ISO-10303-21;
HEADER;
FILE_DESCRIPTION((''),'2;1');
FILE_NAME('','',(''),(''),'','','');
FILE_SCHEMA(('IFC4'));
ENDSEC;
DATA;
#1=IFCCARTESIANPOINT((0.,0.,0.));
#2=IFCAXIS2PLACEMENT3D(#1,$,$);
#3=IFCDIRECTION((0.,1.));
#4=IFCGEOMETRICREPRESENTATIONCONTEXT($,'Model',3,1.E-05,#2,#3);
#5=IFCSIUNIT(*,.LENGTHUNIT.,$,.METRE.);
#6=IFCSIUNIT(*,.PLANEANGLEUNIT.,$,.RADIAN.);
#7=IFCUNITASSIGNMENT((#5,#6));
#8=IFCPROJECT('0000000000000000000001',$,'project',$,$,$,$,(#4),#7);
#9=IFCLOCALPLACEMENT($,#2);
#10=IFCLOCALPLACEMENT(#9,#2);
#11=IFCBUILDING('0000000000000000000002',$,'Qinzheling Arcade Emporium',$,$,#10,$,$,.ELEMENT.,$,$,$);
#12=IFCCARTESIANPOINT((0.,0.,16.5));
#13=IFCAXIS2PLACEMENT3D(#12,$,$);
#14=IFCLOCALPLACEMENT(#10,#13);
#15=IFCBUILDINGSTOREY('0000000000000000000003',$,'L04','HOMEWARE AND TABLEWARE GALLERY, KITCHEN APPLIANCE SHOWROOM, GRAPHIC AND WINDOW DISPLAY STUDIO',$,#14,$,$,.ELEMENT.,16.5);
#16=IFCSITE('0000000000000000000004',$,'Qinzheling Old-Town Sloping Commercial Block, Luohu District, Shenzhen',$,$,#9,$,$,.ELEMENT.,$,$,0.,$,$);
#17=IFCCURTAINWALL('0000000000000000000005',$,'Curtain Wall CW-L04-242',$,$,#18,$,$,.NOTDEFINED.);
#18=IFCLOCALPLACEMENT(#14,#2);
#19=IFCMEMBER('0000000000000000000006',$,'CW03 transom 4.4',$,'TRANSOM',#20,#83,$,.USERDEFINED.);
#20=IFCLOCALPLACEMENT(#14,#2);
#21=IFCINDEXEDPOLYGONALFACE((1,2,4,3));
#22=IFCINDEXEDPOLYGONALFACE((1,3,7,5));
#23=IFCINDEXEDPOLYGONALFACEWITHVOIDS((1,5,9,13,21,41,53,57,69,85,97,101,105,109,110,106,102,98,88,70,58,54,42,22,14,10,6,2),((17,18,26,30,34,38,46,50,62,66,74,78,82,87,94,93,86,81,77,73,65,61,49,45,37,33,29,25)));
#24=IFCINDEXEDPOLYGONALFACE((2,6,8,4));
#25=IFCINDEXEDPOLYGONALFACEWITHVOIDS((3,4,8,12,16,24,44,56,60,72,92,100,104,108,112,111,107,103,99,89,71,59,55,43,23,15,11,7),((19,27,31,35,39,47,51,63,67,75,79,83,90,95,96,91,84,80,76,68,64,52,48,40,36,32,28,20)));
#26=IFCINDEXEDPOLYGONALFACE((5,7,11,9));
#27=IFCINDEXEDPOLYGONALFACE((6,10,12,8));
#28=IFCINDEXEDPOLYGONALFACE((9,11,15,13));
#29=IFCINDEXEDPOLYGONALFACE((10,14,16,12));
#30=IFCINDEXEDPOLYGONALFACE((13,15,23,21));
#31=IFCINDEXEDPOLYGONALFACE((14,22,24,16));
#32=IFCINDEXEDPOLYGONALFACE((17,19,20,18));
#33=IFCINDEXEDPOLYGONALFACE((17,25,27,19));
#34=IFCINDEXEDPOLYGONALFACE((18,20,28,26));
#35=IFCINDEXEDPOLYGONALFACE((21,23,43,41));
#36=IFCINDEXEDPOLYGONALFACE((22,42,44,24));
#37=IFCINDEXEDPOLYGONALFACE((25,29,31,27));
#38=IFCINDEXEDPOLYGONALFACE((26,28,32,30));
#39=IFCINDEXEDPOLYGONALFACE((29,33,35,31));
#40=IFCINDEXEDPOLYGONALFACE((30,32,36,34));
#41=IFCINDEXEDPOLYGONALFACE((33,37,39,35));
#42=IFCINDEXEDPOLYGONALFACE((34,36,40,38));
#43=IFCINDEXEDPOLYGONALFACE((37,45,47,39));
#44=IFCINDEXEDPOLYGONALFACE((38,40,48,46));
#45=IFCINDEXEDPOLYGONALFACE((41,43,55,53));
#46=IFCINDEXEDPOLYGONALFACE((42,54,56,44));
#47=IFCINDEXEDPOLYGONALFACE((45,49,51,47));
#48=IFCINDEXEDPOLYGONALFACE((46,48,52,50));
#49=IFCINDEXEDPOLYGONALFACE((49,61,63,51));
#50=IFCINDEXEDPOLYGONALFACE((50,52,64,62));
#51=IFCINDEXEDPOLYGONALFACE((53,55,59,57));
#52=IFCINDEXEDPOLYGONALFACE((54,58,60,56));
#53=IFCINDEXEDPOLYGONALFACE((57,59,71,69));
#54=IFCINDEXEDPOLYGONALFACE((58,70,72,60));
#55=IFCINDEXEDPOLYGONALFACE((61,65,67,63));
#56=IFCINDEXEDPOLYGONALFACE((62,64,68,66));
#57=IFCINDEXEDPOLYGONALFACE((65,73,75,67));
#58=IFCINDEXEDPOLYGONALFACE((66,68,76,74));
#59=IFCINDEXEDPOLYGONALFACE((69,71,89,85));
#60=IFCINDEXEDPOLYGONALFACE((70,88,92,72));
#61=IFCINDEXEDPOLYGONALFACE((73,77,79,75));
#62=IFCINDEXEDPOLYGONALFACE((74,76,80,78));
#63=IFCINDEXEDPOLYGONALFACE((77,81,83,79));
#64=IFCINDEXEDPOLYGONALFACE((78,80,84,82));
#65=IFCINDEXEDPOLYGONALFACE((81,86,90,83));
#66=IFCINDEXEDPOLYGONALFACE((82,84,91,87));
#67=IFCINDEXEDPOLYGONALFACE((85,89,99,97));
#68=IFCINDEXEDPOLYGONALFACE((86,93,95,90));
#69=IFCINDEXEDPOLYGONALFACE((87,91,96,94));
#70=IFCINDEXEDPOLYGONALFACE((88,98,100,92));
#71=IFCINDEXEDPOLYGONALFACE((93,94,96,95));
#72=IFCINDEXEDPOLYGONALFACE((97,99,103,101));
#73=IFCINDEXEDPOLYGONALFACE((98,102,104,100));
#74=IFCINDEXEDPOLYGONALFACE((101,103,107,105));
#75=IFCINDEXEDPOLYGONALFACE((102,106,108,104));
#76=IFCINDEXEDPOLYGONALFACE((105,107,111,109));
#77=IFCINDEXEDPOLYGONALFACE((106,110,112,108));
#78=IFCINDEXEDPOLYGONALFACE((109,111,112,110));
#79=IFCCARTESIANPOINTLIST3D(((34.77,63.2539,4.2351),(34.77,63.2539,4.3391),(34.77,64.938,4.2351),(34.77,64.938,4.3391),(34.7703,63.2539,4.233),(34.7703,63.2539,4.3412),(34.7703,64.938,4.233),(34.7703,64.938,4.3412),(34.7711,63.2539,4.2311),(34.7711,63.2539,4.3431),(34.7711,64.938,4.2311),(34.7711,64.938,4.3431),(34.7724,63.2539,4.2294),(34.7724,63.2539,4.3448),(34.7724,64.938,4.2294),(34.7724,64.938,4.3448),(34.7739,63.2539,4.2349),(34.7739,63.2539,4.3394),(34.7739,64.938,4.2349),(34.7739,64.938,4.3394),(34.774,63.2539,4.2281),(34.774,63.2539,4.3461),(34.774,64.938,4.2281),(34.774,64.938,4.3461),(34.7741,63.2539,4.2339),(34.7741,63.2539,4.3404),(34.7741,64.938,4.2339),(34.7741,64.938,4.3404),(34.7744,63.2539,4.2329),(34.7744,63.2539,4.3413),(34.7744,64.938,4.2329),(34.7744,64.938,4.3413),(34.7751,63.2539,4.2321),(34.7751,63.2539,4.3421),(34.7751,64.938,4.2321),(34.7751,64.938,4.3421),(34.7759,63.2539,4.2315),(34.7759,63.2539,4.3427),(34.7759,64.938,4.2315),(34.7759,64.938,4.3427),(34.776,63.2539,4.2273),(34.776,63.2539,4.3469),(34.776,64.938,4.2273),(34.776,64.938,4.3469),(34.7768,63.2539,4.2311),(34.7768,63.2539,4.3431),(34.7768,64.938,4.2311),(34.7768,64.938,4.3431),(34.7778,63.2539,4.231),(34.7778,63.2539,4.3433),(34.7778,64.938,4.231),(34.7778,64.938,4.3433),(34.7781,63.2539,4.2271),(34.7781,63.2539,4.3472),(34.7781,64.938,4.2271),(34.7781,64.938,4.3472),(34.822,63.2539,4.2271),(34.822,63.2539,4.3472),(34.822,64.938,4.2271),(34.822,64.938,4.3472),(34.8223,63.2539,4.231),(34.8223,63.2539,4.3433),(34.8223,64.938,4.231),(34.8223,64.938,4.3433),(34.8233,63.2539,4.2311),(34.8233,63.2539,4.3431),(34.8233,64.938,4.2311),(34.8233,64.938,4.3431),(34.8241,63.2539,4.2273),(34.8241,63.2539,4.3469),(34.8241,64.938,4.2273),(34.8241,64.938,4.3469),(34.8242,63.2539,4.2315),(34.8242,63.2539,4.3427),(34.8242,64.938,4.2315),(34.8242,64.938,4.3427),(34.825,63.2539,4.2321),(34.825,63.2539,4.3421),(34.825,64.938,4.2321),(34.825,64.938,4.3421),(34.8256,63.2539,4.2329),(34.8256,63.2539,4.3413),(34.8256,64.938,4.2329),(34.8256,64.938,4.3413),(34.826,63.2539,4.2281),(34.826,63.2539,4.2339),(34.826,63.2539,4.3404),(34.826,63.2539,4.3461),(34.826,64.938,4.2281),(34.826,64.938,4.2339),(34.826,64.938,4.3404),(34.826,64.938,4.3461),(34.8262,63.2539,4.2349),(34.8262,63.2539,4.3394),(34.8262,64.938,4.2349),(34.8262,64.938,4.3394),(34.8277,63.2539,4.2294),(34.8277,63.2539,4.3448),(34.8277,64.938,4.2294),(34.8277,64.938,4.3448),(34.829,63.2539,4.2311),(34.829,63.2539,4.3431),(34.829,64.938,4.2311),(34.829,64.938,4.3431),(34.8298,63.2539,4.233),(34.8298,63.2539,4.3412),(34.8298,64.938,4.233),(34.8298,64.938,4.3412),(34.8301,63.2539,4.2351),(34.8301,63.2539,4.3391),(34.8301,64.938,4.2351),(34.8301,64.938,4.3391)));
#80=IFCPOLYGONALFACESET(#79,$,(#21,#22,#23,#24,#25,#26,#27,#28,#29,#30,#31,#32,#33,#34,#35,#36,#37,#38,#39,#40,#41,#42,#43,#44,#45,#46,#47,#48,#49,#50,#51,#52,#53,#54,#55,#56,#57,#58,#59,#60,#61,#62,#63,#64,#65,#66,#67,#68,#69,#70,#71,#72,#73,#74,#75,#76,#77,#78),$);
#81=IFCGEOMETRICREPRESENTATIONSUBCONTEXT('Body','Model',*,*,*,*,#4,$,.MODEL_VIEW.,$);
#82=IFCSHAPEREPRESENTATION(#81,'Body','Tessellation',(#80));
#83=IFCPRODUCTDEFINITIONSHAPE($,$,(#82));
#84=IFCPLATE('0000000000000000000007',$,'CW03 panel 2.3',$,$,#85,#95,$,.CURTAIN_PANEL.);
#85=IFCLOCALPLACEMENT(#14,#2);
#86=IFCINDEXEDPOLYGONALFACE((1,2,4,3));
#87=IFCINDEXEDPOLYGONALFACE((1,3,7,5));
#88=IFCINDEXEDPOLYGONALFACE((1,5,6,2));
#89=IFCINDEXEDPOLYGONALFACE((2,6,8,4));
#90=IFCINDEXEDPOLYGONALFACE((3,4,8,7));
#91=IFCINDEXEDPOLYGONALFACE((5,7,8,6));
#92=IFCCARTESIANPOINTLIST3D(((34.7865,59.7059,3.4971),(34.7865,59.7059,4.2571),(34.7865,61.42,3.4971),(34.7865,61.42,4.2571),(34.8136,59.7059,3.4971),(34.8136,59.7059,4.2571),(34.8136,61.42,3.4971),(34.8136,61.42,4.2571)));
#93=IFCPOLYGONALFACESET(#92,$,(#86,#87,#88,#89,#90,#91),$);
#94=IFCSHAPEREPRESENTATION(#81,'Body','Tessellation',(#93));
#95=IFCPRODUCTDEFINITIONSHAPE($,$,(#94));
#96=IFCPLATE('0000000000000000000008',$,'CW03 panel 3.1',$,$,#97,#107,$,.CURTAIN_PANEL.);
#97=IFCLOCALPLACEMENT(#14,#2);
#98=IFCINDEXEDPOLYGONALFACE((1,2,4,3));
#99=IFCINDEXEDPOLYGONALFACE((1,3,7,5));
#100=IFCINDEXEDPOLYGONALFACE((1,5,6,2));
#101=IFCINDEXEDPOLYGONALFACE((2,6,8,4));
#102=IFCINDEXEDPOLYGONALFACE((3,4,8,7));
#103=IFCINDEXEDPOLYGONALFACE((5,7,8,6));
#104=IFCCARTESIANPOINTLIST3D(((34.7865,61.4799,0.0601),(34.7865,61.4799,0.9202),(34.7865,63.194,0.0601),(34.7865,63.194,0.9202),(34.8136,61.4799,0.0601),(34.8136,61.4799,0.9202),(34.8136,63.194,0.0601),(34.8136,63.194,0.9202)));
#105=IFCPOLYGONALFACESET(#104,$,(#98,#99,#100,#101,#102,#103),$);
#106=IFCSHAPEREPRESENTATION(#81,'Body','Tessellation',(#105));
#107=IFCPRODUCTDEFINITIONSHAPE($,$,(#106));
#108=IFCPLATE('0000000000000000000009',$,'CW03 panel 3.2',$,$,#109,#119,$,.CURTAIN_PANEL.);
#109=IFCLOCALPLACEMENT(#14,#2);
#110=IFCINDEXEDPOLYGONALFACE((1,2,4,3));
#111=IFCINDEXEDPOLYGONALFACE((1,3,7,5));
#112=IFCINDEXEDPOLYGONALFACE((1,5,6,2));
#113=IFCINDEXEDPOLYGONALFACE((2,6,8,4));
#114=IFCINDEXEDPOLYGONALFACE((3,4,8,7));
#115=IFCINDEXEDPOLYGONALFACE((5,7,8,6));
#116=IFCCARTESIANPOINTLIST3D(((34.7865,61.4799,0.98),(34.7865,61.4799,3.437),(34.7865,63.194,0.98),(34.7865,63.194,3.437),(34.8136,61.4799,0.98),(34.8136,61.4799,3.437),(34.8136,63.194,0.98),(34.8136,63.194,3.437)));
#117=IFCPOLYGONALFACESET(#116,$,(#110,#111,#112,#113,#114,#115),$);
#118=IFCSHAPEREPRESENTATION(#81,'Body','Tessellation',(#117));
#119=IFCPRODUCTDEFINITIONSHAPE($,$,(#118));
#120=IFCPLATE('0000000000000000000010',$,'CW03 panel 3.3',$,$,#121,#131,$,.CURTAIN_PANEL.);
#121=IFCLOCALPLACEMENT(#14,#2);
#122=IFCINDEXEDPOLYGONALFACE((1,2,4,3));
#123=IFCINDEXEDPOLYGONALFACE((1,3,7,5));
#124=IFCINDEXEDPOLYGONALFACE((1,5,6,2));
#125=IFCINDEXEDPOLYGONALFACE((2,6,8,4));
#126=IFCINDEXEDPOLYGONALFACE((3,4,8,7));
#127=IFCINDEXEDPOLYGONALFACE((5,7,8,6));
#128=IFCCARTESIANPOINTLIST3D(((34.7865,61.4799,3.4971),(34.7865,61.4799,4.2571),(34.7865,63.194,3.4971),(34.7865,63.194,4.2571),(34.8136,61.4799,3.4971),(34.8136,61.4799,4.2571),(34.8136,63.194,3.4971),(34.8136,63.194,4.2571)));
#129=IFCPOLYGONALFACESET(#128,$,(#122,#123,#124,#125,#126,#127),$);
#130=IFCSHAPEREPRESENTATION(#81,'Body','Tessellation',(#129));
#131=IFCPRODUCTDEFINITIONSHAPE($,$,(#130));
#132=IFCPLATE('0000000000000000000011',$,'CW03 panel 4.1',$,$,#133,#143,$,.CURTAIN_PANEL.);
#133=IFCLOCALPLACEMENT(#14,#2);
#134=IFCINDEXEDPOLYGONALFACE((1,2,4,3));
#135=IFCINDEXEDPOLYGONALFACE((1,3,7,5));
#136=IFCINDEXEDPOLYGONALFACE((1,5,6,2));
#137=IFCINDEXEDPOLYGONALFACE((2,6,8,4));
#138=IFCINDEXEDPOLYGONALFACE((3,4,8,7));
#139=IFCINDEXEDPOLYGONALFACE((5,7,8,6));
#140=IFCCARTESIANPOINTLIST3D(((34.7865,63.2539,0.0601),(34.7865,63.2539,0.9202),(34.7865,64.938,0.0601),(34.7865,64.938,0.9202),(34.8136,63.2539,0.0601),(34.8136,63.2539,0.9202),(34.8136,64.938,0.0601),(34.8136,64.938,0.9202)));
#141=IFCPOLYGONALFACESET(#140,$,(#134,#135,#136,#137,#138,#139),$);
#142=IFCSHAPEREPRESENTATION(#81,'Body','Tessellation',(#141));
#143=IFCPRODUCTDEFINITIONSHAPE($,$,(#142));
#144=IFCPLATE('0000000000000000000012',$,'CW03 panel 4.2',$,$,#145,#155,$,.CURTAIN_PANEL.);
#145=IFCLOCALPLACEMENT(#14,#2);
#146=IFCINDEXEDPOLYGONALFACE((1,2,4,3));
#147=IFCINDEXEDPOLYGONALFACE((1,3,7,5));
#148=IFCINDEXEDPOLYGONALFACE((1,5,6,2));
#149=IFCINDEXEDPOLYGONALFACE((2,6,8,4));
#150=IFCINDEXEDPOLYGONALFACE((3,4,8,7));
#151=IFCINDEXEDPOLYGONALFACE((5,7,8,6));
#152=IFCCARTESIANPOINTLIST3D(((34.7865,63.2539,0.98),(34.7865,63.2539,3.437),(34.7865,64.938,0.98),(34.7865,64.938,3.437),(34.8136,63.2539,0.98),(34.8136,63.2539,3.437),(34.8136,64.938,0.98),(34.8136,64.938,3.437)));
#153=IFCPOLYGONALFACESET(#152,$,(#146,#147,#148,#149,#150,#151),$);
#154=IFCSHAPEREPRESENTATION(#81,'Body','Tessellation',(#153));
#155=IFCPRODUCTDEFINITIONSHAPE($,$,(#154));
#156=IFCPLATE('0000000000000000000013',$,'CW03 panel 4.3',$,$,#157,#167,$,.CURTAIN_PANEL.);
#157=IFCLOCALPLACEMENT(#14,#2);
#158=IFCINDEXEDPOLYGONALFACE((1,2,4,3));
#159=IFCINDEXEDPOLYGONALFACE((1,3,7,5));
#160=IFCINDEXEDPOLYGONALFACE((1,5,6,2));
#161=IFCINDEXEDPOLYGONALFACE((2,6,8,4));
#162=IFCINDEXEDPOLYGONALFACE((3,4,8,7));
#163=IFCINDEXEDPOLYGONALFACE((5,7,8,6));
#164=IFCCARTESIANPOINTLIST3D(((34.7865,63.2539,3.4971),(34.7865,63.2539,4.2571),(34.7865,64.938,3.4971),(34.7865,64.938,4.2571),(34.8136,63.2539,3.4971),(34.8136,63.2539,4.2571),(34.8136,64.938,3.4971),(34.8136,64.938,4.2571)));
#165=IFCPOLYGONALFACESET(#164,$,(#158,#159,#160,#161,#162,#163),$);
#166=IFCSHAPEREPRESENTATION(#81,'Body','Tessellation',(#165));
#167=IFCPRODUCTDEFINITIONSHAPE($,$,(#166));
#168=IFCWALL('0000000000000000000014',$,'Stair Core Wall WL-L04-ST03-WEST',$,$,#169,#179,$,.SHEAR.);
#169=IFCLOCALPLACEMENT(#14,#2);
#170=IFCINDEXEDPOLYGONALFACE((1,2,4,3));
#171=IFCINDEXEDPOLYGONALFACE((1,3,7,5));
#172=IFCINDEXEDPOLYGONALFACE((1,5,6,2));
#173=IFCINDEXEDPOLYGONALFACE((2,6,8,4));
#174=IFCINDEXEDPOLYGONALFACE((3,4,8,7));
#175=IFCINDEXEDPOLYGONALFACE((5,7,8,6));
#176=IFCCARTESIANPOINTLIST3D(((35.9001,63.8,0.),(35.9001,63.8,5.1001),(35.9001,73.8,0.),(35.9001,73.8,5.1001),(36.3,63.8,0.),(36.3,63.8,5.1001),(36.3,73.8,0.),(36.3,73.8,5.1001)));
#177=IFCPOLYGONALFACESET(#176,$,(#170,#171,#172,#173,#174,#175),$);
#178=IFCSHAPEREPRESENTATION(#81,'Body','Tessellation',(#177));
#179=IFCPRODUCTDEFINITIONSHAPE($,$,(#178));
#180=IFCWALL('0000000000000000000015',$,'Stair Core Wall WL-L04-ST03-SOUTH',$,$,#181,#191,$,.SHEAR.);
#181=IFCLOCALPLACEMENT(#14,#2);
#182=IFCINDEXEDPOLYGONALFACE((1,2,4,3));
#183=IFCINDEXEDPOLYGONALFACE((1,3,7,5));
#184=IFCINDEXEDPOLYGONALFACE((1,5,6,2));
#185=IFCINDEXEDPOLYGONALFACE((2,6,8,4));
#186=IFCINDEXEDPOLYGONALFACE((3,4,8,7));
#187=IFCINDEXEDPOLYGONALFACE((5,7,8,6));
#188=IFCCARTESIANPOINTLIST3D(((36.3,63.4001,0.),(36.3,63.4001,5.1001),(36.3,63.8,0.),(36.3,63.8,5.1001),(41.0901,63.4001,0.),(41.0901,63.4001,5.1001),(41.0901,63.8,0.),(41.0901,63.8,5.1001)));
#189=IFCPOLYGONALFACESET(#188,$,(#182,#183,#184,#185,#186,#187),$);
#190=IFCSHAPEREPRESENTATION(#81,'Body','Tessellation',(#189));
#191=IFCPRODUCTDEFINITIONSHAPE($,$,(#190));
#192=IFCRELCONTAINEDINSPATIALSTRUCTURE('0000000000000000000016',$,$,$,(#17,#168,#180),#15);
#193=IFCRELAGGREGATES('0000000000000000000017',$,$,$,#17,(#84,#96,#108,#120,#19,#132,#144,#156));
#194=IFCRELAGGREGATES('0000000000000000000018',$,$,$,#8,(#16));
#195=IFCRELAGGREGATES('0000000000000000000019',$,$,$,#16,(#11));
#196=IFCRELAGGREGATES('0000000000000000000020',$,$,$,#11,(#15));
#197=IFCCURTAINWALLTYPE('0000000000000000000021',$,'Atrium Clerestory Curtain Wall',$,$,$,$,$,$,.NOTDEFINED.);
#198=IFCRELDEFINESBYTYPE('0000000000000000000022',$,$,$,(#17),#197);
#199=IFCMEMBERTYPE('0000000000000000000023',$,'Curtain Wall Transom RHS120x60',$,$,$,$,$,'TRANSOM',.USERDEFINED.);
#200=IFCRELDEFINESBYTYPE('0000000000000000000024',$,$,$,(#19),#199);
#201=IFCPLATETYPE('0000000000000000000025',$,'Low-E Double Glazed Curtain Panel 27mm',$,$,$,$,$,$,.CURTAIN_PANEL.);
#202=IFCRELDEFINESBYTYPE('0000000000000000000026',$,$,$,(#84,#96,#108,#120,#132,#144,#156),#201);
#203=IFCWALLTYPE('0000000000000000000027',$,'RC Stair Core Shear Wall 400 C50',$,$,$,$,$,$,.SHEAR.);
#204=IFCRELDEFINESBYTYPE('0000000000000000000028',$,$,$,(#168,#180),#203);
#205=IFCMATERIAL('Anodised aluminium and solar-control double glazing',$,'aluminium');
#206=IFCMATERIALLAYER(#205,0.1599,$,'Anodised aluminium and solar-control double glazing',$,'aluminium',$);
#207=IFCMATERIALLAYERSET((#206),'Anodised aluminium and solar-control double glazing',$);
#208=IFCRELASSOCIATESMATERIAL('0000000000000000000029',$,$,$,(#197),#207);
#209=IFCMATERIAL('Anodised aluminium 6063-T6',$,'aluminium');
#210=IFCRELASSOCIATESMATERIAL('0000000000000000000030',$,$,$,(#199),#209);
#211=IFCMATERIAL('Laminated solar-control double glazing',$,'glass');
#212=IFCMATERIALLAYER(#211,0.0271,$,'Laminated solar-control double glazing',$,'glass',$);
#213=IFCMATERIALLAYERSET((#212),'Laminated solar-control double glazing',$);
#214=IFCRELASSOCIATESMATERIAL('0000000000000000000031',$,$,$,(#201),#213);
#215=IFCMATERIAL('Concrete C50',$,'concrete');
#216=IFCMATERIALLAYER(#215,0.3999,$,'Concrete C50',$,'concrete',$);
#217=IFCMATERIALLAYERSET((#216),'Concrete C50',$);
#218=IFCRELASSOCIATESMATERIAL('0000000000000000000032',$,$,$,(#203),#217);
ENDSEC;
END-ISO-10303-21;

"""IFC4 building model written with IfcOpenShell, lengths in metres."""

from ifc_helpers import new_model, si_unit, direction, frame, frame_2d, origin, origin_2d, place, context, subcontext, project, spatial, rectangle, hollow_rectangle, extrude, material, layer, layer_set, material_profile, profile_set, type_object, element, aggregate, save


model = new_model("IFC4")

# Units and contexts
model_context = context("Model", 3, precision=1e-05, world=origin(), true_north=direction((0.0, 1.0)))
body_context = subcontext(model_context, "Body", "Model", "MODEL_VIEW")
ifc_project = project(units=[si_unit("LENGTHUNIT", "METRE"), si_unit("PLANEANGLEUNIT", "RADIAN")], contexts=[model_context])

# Site, building, storey
site_placement = place(None, origin())
site = spatial("IfcSite", under=ifc_project, at=site_placement, Name="Qinzheling Old-Town Sloping Commercial Block, Luohu District, Shenzhen", CompositionType="ELEMENT", RefElevation=0.0)
building_placement = place(site_placement, origin())
building = spatial("IfcBuilding", under=site, at=building_placement, Name="Qinzheling Arcade Emporium", CompositionType="ELEMENT")
storey_placement = place(building_placement, frame((0.0, 0.0, 16.5)))
storey = spatial("IfcBuildingStorey", under=building, at=storey_placement, Name="L04", Description="HOMEWARE AND TABLEWARE GALLERY, KITCHEN APPLIANCE SHOWROOM, GRAPHIC AND WINDOW DISPLAY STUDIO", CompositionType="ELEMENT", Elevation=16.5)

# Curtain wall, member, plates
ifc_material_1 = material(Name="Anodised aluminium and solar-control double glazing", Category="aluminium")
ifc_layer_1 = layer(ifc_material_1, 0.1599, Name="Anodised aluminium and solar-control double glazing", Category="aluminium")
ifc_layer_set_1 = layer_set([ifc_layer_1], Name="Anodised aluminium and solar-control double glazing")
curtain_wall_type = type_object("IfcCurtainWallType", Name="Atrium Clerestory Curtain Wall", PredefinedType="NOTDEFINED", material=ifc_layer_set_1)
curtain_wall_placement = place(storey_placement, origin())
curtain_wall = element("IfcCurtainWall", 1, at=curtain_wall_placement, inside=storey, type_object=curtain_wall_type, Name="Curtain Wall CW-L04-242", PredefinedType="NOTDEFINED")
ifc_material_2 = material(Name="Anodised aluminium 6063-T6", Category="aluminium")
ifc_material_profile_1 = material_profile(ifc_material_2, hollow_rectangle(XDim=0.0601, YDim=0.1201, WallThickness=0.0039, InnerFilletRadius=0.0039, OuterFilletRadius=0.0081, at=origin_2d()), Name="RHS 120x60x4", Category="aluminium")
ifc_profile_set_1 = profile_set([ifc_material_profile_1], Name="Anodised aluminium 6063-T6")
member_type_1 = type_object("IfcMemberType", Name="Curtain Wall Transom RHS120x60", ElementType="TRANSOM", PredefinedType="USERDEFINED", material=ifc_profile_set_1)
member_1_placement = place(storey_placement, frame((34.8, 63.2539, 4.2871), z_axis=(0.0, 1.0, 0.0), x_axis=(-1.0, 0.0, 0.0)))
member_1 = element("IfcMember", 2, at=member_1_placement, type_object=member_type_1, Name="CW03 transom 4.4", ObjectType="TRANSOM", PredefinedType="USERDEFINED", context=body_context, shape_type="SweptSolid", body=[
    extrude(hollow_rectangle(XDim=0.0601, YDim=0.1201, WallThickness=0.0039, InnerFilletRadius=0.0039, OuterFilletRadius=0.0081, at=origin_2d()), origin(), (0.0, 0.0, 1.0), 1.6841),
])
ifc_material_3 = material(Name="Laminated solar-control double glazing", Category="glass")
ifc_layer_2 = layer(ifc_material_3, 0.0271, Name="Laminated solar-control double glazing", Category="glass")
ifc_layer_set_2 = layer_set([ifc_layer_2], Name="Laminated solar-control double glazing")
plate_type = type_object("IfcPlateType", Name="Low-E Double Glazed Curtain Panel 27mm", PredefinedType="CURTAIN_PANEL", material=ifc_layer_set_2)
plate_1_placement = place(storey_placement, frame((34.8, 60.563, 3.4971), z_axis=(0.0, 0.0, 1.0), x_axis=(0.0, 1.0, 0.0)))
plate_1 = element("IfcPlate", 3, at=plate_1_placement, type_object=plate_type, Name="CW03 panel 2.3", PredefinedType="CURTAIN_PANEL", context=body_context, shape_type="SweptSolid", body=[
    extrude(rectangle(XDim=1.7141, YDim=0.0271, at=origin_2d()), origin(), (0.0, 0.0, 1.0), 0.76),
])
plate_2_placement = place(storey_placement, frame((34.8, 62.3369, 0.0601), z_axis=(0.0, 0.0, 1.0), x_axis=(0.0, 1.0, 0.0)))
plate_2 = element("IfcPlate", 4, at=plate_2_placement, type_object=plate_type, Name="CW03 panel 3.1", PredefinedType="CURTAIN_PANEL", context=body_context, shape_type="SweptSolid", body=[
    extrude(rectangle(XDim=1.7141, YDim=0.0271, at=origin_2d()), origin(), (0.0, 0.0, 1.0), 0.8601),
])
plate_3_placement = place(storey_placement, frame((34.8, 62.3369, 0.98), z_axis=(0.0, 0.0, 1.0), x_axis=(0.0, 1.0, 0.0)))
plate_3 = element("IfcPlate", 5, at=plate_3_placement, type_object=plate_type, Name="CW03 panel 3.2", PredefinedType="CURTAIN_PANEL", context=body_context, shape_type="SweptSolid", body=[
    extrude(rectangle(XDim=1.7141, YDim=0.0271, at=origin_2d()), origin(), (0.0, 0.0, 1.0), 2.457),
])
plate_4_placement = place(storey_placement, frame((34.8, 62.3369, 3.4971), z_axis=(0.0, 0.0, 1.0), x_axis=(0.0, 1.0, 0.0)))
plate_4 = element("IfcPlate", 6, at=plate_4_placement, type_object=plate_type, Name="CW03 panel 3.3", PredefinedType="CURTAIN_PANEL", context=body_context, shape_type="SweptSolid", body=[
    extrude(rectangle(XDim=1.7141, YDim=0.0271, at=origin_2d()), origin(), (0.0, 0.0, 1.0), 0.76),
])
plate_5_placement = place(storey_placement, frame((34.8, 64.0959, 0.0601), z_axis=(0.0, 0.0, 1.0), x_axis=(0.0, 1.0, 0.0)))
plate_5 = element("IfcPlate", 7, at=plate_5_placement, type_object=plate_type, Name="CW03 panel 4.1", PredefinedType="CURTAIN_PANEL", context=body_context, shape_type="SweptSolid", body=[
    extrude(rectangle(XDim=1.6841, YDim=0.0271, at=origin_2d()), origin(), (0.0, 0.0, 1.0), 0.8601),
])
plate_6_placement = place(storey_placement, frame((34.8, 64.0959, 0.98), z_axis=(0.0, 0.0, 1.0), x_axis=(0.0, 1.0, 0.0)))
plate_6 = element("IfcPlate", 8, at=plate_6_placement, type_object=plate_type, Name="CW03 panel 4.2", PredefinedType="CURTAIN_PANEL", context=body_context, shape_type="SweptSolid", body=[
    extrude(rectangle(XDim=1.6841, YDim=0.0271, at=origin_2d()), origin(), (0.0, 0.0, 1.0), 2.457),
])
plate_7_placement = place(storey_placement, frame((34.8, 64.0959, 3.4971), z_axis=(0.0, 0.0, 1.0), x_axis=(0.0, 1.0, 0.0)))
plate_7 = element("IfcPlate", 9, at=plate_7_placement, type_object=plate_type, Name="CW03 panel 4.3", PredefinedType="CURTAIN_PANEL", context=body_context, shape_type="SweptSolid", body=[
    extrude(rectangle(XDim=1.6841, YDim=0.0271, at=origin_2d()), origin(), (0.0, 0.0, 1.0), 0.76),
])
aggregate(curtain_wall, [plate_1, plate_2, plate_3, plate_4, member_1, plate_5, plate_6, plate_7])

# Walls
ifc_material_4 = material(Name="Concrete C50", Category="concrete")
ifc_layer_3 = layer(ifc_material_4, 0.3999, Name="Concrete C50", Category="concrete")
ifc_layer_set_3 = layer_set([ifc_layer_3], Name="Concrete C50")
wall_type = type_object("IfcWallType", Name="RC Stair Core Shear Wall 400 C50", PredefinedType="SHEAR", material=ifc_layer_set_3)
wall_1_placement = place(storey_placement, frame((36.1001, 63.8, 0.0), z_axis=(0.0, 0.0, 1.0), x_axis=(0.0, 1.0, 0.0)))
element("IfcWall", 10, at=wall_1_placement, inside=storey, type_object=wall_type, Name="Stair Core Wall WL-L04-ST03-WEST", PredefinedType="SHEAR", context=body_context, shape_type="SweptSolid", body=[
    extrude(rectangle(XDim=10.0, YDim=0.3999, at=frame_2d((5.0, 0.0))), origin(), (0.0, 0.0, 1.0), 5.1001),
])
wall_2_placement = place(storey_placement, frame((41.0901, 63.6001, 0.0), z_axis=(0.0, 0.0, 1.0), x_axis=(-1.0, 0.0, 0.0)))
element("IfcWall", 11, at=wall_2_placement, inside=storey, type_object=wall_type, Name="Stair Core Wall WL-L04-ST03-SOUTH", PredefinedType="SHEAR", context=body_context, shape_type="SweptSolid", body=[
    extrude(rectangle(XDim=4.79, YDim=0.3999, at=frame_2d((2.395, 0.0))), origin(), (0.0, 0.0, 1.0), 5.1001),
])

save(model, "model.ifc")
